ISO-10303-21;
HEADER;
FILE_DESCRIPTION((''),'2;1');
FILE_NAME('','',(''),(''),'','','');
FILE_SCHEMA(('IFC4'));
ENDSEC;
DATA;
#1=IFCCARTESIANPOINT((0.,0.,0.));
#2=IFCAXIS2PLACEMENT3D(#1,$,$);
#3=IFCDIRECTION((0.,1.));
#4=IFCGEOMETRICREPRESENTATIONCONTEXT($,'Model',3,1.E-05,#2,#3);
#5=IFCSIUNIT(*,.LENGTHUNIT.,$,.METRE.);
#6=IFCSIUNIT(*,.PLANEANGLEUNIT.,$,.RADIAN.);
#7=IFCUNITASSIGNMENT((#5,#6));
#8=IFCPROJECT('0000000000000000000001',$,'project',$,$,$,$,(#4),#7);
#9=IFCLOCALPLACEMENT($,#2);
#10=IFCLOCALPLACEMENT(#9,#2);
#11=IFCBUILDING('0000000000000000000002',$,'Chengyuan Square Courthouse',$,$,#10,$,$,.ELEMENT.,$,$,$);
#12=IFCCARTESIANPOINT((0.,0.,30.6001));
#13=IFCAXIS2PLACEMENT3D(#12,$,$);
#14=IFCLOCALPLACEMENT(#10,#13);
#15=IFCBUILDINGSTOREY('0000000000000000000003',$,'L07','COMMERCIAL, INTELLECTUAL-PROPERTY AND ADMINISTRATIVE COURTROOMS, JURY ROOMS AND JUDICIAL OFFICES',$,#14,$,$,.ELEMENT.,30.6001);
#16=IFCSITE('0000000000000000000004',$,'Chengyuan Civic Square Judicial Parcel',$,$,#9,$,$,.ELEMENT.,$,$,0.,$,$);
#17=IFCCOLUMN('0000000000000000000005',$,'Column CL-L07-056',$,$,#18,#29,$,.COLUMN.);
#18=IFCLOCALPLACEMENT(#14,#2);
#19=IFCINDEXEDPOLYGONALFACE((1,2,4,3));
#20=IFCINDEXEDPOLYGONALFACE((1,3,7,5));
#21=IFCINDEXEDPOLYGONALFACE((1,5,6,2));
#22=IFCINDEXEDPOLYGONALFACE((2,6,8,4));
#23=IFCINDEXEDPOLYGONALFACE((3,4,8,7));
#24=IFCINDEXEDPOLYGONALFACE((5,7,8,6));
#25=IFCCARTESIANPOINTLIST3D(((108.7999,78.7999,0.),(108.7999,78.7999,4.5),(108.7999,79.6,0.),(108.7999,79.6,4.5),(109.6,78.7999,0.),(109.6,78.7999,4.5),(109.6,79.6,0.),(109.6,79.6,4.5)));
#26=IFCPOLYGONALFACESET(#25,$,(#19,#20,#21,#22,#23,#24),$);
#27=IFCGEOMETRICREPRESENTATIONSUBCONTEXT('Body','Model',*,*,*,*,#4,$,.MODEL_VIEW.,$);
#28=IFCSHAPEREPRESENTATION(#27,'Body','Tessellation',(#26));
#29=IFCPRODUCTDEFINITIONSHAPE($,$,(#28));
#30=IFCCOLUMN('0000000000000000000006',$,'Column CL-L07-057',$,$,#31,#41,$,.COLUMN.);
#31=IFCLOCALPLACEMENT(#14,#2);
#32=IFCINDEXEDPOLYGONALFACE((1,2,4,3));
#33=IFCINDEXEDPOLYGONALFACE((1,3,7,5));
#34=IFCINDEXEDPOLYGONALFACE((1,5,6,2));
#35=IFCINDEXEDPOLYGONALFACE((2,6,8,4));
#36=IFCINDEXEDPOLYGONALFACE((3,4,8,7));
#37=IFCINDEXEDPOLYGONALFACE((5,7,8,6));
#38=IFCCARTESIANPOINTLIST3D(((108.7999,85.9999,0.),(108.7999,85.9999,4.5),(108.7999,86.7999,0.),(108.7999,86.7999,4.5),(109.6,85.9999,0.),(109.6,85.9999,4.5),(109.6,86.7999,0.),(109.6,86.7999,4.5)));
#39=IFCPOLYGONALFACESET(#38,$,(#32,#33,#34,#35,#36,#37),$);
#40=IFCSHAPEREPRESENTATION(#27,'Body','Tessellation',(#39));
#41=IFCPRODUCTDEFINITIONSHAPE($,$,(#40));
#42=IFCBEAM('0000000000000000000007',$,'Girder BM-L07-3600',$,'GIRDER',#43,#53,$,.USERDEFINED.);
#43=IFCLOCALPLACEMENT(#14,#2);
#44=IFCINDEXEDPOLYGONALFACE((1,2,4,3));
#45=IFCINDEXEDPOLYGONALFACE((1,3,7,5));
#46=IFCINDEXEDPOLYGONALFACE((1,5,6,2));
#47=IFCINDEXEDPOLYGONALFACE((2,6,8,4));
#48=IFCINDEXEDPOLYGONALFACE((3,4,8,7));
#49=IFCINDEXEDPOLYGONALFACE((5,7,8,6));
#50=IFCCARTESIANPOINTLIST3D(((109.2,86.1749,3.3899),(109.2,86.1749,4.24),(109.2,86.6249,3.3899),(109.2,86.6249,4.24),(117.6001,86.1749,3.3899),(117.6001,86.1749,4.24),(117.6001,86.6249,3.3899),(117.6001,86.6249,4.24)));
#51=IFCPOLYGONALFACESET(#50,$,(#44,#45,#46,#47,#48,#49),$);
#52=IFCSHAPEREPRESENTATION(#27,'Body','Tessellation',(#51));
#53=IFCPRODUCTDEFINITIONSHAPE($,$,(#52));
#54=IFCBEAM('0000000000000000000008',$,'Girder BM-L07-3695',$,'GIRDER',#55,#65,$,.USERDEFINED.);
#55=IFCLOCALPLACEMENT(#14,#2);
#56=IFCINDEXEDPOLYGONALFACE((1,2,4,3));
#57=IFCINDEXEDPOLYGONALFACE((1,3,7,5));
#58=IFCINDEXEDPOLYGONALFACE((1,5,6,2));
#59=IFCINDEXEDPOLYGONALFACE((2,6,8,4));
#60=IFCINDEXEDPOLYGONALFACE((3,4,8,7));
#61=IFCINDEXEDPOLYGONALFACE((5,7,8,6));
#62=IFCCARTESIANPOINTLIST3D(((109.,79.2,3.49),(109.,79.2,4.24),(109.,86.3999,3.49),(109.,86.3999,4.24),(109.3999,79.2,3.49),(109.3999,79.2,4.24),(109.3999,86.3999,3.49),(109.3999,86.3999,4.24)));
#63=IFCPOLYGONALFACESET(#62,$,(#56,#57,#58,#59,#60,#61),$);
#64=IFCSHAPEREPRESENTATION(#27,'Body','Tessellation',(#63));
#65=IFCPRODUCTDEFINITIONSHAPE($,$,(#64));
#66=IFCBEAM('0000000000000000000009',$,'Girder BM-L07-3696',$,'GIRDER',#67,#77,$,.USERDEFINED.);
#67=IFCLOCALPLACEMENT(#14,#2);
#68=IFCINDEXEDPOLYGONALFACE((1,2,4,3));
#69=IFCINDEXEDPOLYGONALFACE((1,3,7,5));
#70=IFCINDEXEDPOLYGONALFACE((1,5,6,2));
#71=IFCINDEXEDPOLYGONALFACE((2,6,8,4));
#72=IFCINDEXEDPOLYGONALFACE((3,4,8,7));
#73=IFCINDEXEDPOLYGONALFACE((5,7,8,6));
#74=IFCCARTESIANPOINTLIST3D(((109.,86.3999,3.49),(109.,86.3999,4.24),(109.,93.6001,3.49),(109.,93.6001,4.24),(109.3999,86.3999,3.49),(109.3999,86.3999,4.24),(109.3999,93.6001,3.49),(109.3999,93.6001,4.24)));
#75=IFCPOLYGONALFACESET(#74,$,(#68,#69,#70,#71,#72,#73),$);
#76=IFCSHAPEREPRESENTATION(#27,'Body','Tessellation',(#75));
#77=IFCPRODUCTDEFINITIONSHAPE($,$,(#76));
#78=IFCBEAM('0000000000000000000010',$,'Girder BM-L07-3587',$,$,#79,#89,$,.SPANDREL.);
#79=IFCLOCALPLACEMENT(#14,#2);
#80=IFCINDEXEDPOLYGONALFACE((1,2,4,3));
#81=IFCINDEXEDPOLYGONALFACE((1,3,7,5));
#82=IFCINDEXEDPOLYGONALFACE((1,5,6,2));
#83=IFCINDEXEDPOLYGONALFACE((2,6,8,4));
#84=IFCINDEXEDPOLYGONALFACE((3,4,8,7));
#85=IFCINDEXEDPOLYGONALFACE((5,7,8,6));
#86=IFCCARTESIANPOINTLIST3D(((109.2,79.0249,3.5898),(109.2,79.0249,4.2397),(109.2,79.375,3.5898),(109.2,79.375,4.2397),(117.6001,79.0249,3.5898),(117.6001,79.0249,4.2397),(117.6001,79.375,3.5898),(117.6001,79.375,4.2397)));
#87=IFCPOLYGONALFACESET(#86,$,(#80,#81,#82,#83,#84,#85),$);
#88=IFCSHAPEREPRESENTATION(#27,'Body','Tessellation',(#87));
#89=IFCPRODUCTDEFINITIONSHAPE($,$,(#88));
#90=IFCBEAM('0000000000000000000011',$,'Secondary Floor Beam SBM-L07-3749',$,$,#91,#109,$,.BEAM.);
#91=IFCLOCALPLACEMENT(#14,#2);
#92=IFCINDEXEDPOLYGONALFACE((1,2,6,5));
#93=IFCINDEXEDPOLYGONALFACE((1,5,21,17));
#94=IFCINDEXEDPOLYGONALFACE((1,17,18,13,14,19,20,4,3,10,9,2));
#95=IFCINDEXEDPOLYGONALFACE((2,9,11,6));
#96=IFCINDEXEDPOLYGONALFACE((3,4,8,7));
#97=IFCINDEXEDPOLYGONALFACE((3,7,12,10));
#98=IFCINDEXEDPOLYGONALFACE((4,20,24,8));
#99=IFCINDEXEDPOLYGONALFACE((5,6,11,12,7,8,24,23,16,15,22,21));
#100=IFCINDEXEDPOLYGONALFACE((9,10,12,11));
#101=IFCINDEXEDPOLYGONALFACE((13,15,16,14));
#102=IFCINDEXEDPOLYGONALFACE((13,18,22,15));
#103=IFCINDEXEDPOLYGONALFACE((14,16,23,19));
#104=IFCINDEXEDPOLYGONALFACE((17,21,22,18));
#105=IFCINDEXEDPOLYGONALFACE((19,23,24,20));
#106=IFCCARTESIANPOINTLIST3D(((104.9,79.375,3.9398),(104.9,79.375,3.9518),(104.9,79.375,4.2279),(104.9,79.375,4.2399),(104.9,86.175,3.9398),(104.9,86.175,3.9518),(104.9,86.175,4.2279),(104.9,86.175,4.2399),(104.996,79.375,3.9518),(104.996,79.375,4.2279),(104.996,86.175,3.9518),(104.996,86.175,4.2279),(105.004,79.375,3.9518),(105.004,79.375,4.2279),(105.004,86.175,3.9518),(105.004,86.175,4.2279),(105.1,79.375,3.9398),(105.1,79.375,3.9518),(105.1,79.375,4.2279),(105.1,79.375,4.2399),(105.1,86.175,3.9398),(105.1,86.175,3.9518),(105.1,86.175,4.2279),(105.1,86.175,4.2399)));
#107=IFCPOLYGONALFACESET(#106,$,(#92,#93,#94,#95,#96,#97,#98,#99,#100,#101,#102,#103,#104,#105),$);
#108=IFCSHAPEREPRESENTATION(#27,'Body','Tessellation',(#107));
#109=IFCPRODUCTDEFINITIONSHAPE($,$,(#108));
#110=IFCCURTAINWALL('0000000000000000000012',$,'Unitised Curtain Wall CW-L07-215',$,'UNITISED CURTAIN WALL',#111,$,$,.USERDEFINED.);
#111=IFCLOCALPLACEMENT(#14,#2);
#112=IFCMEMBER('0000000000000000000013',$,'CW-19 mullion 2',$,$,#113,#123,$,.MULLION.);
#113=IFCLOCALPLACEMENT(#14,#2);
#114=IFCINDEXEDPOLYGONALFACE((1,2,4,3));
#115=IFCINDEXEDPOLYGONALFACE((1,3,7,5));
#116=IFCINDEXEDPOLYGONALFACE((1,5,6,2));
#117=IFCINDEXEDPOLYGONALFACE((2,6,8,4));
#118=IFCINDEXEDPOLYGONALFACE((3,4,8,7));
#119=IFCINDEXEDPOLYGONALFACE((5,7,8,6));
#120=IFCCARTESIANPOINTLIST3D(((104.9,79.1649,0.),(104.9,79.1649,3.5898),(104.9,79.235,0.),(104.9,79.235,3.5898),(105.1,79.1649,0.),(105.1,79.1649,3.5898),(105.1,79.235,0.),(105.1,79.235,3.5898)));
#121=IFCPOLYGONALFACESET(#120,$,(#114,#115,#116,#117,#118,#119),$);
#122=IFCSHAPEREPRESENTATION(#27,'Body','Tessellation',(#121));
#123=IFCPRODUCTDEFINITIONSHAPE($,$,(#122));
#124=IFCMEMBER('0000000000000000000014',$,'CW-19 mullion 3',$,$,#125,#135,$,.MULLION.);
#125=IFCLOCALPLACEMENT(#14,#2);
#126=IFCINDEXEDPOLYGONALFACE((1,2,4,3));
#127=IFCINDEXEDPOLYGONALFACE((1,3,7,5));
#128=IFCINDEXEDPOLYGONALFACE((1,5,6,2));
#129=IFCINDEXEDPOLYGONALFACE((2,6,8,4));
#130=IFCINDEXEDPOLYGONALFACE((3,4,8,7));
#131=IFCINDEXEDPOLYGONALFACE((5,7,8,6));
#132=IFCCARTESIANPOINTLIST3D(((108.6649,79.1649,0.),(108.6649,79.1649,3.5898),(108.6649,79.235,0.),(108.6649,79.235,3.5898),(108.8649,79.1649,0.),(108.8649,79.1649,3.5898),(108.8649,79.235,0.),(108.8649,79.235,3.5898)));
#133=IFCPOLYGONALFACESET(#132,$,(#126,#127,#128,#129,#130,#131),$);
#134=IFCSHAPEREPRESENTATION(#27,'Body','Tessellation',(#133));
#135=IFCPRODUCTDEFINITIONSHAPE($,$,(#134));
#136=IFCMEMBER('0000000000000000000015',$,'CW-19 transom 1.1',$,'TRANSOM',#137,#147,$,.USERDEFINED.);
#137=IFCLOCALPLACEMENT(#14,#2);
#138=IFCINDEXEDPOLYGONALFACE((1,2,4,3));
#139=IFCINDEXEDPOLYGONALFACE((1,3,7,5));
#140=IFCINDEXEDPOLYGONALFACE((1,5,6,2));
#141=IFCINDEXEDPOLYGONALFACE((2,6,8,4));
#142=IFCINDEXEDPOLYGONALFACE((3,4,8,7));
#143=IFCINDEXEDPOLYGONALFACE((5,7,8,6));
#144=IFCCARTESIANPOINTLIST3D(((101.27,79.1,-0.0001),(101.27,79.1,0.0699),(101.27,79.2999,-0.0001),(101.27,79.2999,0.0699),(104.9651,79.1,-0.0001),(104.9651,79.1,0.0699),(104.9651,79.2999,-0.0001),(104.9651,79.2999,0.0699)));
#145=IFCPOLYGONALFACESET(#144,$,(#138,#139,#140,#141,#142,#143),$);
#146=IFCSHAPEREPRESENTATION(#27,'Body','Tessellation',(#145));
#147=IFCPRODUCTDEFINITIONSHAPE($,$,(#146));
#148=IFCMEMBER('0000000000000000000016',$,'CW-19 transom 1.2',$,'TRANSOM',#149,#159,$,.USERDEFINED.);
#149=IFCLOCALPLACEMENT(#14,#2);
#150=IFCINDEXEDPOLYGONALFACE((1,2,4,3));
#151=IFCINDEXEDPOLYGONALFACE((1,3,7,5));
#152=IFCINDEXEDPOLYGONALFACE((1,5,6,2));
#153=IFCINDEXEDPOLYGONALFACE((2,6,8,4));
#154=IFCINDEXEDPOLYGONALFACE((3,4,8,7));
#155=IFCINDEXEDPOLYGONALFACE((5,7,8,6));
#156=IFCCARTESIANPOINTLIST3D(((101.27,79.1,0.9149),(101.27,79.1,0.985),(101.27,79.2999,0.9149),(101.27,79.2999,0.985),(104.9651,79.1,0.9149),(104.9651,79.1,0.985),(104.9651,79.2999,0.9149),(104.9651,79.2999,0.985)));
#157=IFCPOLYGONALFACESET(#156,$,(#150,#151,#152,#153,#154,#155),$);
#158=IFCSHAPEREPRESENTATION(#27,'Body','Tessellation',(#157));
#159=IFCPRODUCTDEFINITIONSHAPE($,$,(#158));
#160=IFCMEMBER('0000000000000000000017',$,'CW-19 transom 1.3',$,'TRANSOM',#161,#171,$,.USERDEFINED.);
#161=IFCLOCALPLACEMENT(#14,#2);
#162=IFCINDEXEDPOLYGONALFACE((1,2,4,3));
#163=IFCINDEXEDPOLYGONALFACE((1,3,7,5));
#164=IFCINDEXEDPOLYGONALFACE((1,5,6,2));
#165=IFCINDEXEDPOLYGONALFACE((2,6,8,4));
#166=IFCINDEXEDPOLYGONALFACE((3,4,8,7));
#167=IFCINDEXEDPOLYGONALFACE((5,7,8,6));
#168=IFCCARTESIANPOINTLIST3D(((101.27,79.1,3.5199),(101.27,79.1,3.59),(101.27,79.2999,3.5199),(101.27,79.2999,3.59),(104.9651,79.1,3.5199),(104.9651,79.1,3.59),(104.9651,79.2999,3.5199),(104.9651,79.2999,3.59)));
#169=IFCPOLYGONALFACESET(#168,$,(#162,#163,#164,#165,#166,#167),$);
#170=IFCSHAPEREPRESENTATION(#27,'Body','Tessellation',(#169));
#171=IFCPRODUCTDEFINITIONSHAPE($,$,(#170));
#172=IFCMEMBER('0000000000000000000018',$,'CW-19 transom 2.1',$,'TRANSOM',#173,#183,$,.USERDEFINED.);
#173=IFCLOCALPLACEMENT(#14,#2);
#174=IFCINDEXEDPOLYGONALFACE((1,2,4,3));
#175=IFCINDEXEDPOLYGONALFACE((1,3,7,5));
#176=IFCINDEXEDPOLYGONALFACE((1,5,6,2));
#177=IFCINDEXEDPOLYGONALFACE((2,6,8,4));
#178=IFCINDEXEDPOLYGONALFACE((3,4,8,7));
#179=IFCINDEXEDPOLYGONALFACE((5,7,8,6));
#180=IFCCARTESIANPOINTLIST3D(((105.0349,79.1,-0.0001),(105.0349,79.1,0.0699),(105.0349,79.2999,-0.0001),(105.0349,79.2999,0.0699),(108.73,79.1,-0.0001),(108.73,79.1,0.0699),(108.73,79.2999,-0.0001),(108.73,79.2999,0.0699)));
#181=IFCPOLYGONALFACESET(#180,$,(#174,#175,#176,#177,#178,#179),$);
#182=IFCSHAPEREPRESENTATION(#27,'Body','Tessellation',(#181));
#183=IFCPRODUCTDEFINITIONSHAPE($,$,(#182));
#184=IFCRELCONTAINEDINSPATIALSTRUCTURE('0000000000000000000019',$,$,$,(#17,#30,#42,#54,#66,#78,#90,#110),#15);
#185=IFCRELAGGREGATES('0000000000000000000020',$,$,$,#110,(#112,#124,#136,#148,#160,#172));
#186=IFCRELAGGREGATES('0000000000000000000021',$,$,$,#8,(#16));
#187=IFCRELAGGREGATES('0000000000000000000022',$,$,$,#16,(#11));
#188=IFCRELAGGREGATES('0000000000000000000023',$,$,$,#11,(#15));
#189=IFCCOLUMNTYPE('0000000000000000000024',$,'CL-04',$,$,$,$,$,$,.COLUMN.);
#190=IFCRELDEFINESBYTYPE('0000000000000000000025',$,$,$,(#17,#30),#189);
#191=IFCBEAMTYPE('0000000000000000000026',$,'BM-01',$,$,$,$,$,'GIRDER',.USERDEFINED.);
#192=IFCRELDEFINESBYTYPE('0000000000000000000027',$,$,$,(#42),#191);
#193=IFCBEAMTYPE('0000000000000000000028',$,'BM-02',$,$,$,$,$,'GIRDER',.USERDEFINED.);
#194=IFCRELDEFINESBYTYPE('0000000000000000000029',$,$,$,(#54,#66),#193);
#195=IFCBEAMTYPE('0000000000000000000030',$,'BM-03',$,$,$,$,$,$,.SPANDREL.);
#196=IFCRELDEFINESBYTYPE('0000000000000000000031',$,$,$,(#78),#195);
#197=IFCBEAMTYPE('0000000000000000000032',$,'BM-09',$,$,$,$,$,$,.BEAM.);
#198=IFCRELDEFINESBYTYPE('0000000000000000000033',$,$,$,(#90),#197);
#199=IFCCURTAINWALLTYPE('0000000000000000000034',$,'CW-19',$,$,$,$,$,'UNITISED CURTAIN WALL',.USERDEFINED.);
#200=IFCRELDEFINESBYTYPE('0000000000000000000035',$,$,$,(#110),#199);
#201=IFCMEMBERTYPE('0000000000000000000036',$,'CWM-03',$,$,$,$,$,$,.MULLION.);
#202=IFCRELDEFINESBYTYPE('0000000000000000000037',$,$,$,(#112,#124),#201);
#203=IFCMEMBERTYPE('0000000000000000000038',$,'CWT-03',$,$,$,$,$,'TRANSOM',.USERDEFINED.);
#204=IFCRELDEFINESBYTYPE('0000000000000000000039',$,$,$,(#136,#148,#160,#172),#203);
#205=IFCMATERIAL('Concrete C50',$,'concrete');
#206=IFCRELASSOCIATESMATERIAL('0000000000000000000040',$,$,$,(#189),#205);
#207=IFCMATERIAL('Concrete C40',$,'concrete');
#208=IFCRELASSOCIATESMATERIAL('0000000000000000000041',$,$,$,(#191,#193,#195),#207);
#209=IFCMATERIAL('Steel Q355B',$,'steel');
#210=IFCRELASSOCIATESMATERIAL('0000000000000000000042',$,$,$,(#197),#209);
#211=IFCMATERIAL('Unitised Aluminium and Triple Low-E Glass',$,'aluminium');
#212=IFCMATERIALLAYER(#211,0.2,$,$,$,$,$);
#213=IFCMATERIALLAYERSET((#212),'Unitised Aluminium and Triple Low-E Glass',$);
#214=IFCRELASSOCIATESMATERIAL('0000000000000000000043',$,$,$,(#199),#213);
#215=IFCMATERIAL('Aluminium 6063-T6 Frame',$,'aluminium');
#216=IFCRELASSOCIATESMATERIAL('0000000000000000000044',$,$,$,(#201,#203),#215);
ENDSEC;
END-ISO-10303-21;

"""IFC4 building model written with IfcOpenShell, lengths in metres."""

from ifc_helpers import new_model, si_unit, direction, frame, origin, origin_2d, place, context, subcontext, project, spatial, rectangle, i_section, extrude, material, layer, layer_set, material_profile, profile_set, type_object, element, aggregate, save


model = new_model("IFC4")

# Units and contexts
model_context = context("Model", 3, precision=1e-05, world=origin(), true_north=direction((0.0, 1.0)))
body_context = subcontext(model_context, "Body", "Model", "MODEL_VIEW")
ifc_project = project(units=[si_unit("LENGTHUNIT", "METRE"), si_unit("PLANEANGLEUNIT", "RADIAN")], contexts=[model_context])

# Site, building, storey
site_placement = place(None, origin())
site = spatial("IfcSite", under=ifc_project, at=site_placement, Name="Chengyuan Civic Square Judicial Parcel", CompositionType="ELEMENT", RefElevation=0.0)
building_placement = place(site_placement, origin())
building = spatial("IfcBuilding", under=site, at=building_placement, Name="Chengyuan Square Courthouse", CompositionType="ELEMENT")
storey_placement = place(building_placement, frame((0.0, 0.0, 30.6001)))
storey = spatial("IfcBuildingStorey", under=building, at=storey_placement, Name="L07", Description="COMMERCIAL, INTELLECTUAL-PROPERTY AND ADMINISTRATIVE COURTROOMS, JURY ROOMS AND JUDICIAL OFFICES", CompositionType="ELEMENT", Elevation=30.6001)

# Columns
ifc_material_1 = material(Name="Concrete C50", Category="concrete")
ifc_material_profile_1 = material_profile(ifc_material_1, rectangle(XDim=0.8, YDim=0.8, at=origin_2d()), Name="RC-COL-800x800")
ifc_profile_set_1 = profile_set([ifc_material_profile_1], Name="Concrete C50")
column_type = type_object("IfcColumnType", Name="CL-04", PredefinedType="COLUMN", material=ifc_profile_set_1)
for number, where, z_axis, x_axis, name in (
    (1, (109.2, 79.2, 0.0), (0.0, 0.0, 1.0), (1.0, 0.0, 0.0), "Column CL-L07-056"),
    (2, (109.2, 86.3999, 0.0), (0.0, 0.0, 1.0), (1.0, 0.0, 0.0), "Column CL-L07-057"),
):
    element("IfcColumn", number, at=place(storey_placement, frame(where, z_axis=z_axis, x_axis=x_axis)), inside=storey, type_object=column_type, Name=name, PredefinedType="COLUMN", context=body_context, shape_type="SweptSolid", body=[
        extrude(rectangle(XDim=0.8, YDim=0.8, at=origin_2d()), origin(), (0.0, 0.0, 1.0), 4.5),
    ])

# Beams
ifc_material_2 = material(Name="Concrete C40", Category="concrete")
ifc_material_profile_2 = material_profile(ifc_material_2, rectangle(XDim=0.45, YDim=0.8501, at=origin_2d()), Name="RC-BM-450x850")
ifc_profile_set_2 = profile_set([ifc_material_profile_2], Name="Concrete C40")
beam_type_1 = type_object("IfcBeamType", Name="BM-01", ElementType="GIRDER", PredefinedType="USERDEFINED", material=ifc_profile_set_2)
beam_1_placement = place(storey_placement, frame((109.2, 86.3999, 3.8149), z_axis=(1.0, 0.0, 0.0), x_axis=(0.0, 1.0, 0.0)))
element("IfcBeam", 3, at=beam_1_placement, inside=storey, type_object=beam_type_1, Name="Girder BM-L07-3600", ObjectType="GIRDER", PredefinedType="USERDEFINED", context=body_context, shape_type="SweptSolid", body=[
    extrude(rectangle(XDim=0.45, YDim=0.8501, at=origin_2d()), origin(), (0.0, 0.0, 1.0), 8.4001),
])
ifc_material_profile_3 = material_profile(ifc_material_2, rectangle(XDim=0.3999, YDim=0.75, at=origin_2d()), Name="RC-BM-400x750")
ifc_profile_set_3 = profile_set([ifc_material_profile_3], Name="Concrete C40")
beam_type_2 = type_object("IfcBeamType", Name="BM-02", ElementType="GIRDER", PredefinedType="USERDEFINED", material=ifc_profile_set_3)
beam_2_placement = place(storey_placement, frame((109.2, 79.2, 3.865), z_axis=(0.0, 1.0, 0.0), x_axis=(-1.0, 0.0, 0.0)))
element("IfcBeam", 4, at=beam_2_placement, inside=storey, type_object=beam_type_2, Name="Girder BM-L07-3695", ObjectType="GIRDER", PredefinedType="USERDEFINED", context=body_context, shape_type="SweptSolid", body=[
    extrude(rectangle(XDim=0.3999, YDim=0.75, at=origin_2d()), origin(), (0.0, 0.0, 1.0), 7.2),
])
beam_3_placement = place(storey_placement, frame((109.2, 86.3999, 3.865), z_axis=(0.0, 1.0, 0.0), x_axis=(-1.0, 0.0, 0.0)))
element("IfcBeam", 5, at=beam_3_placement, inside=storey, type_object=beam_type_2, Name="Girder BM-L07-3696", ObjectType="GIRDER", PredefinedType="USERDEFINED", context=body_context, shape_type="SweptSolid", body=[
    extrude(rectangle(XDim=0.3999, YDim=0.75, at=origin_2d()), origin(), (0.0, 0.0, 1.0), 7.2002),
])
ifc_material_profile_4 = material_profile(ifc_material_2, rectangle(XDim=0.3501, YDim=0.6499, at=origin_2d()), Name="RC-BM-350x650")
ifc_profile_set_4 = profile_set([ifc_material_profile_4], Name="Concrete C40")
beam_type_3 = type_object("IfcBeamType", Name="BM-03", PredefinedType="SPANDREL", material=ifc_profile_set_4)
beam_4_placement = place(storey_placement, frame((109.2, 79.2, 3.9148), z_axis=(1.0, 0.0, 0.0), x_axis=(0.0, 1.0, 0.0)))
element("IfcBeam", 6, at=beam_4_placement, inside=storey, type_object=beam_type_3, Name="Girder BM-L07-3587", PredefinedType="SPANDREL", context=body_context, shape_type="SweptSolid", body=[
    extrude(rectangle(XDim=0.3501, YDim=0.6499, at=origin_2d()), origin(), (0.0, 0.0, 1.0), 8.4001),
])
ifc_material_3 = material(Name="Steel Q355B", Category="steel")
ifc_material_profile_5 = material_profile(ifc_material_3, i_section(OverallWidth=0.2, OverallDepth=0.3, WebThickness=0.0081, FlangeThickness=0.012, at=origin_2d()), Name="HM 300x200x8x12")
ifc_profile_set_5 = profile_set([ifc_material_profile_5], Name="Steel Q355B")
beam_type_4 = type_object("IfcBeamType", Name="BM-09", PredefinedType="BEAM", material=ifc_profile_set_5)
beam_5_placement = place(storey_placement, frame((105.0, 79.375, 4.0898), z_axis=(0.0, 1.0, 0.0), x_axis=(-1.0, 0.0, 0.0)))
element("IfcBeam", 7, at=beam_5_placement, inside=storey, type_object=beam_type_4, Name="Secondary Floor Beam SBM-L07-3749", PredefinedType="BEAM", context=body_context, shape_type="SweptSolid", body=[
    extrude(i_section(OverallWidth=0.2, OverallDepth=0.3, WebThickness=0.0081, FlangeThickness=0.012, at=origin_2d()), origin(), (0.0, 0.0, 1.0), 6.8),
])

# Curtain wall, members
ifc_material_4 = material(Name="Unitised Aluminium and Triple Low-E Glass", Category="aluminium")
ifc_layer_1 = layer(ifc_material_4, 0.2)
ifc_layer_set_1 = layer_set([ifc_layer_1], Name="Unitised Aluminium and Triple Low-E Glass")
curtain_wall_type = type_object("IfcCurtainWallType", Name="CW-19", ElementType="UNITISED CURTAIN WALL", PredefinedType="USERDEFINED", material=ifc_layer_set_1)
curtain_wall_placement = place(storey_placement, origin())
curtain_wall = element("IfcCurtainWall", 8, at=curtain_wall_placement, inside=storey, type_object=curtain_wall_type, Name="Unitised Curtain Wall CW-L07-215", ObjectType="UNITISED CURTAIN WALL", PredefinedType="USERDEFINED")
ifc_material_5 = material(Name="Aluminium 6063-T6 Frame", Category="aluminium")
ifc_material_profile_6 = material_profile(ifc_material_5, rectangle(XDim=0.0701, YDim=0.2, at=origin_2d()), Name="CW-MUL-70x200")
ifc_profile_set_6 = profile_set([ifc_material_profile_6], Name="Aluminium 6063-T6 Frame")
member_type_1 = type_object("IfcMemberType", Name="CWM-03", PredefinedType="MULLION", material=ifc_profile_set_6)
member_1_placement = place(storey_placement, frame((105.0, 79.2, 0.0), z_axis=(0.0, 0.0, 1.0), x_axis=(0.0, 1.0, 0.0)))
member_1 = element("IfcMember", 9, at=member_1_placement, type_object=member_type_1, Name="CW-19 mullion 2", PredefinedType="MULLION", context=body_context, shape_type="SweptSolid", body=[
    extrude(rectangle(XDim=0.0701, YDim=0.2, at=origin_2d()), origin(), (0.0, 0.0, 1.0), 3.5898),
])
member_2_placement = place(storey_placement, frame((108.7649, 79.2, 0.0), z_axis=(0.0, 0.0, 1.0), x_axis=(0.0, 1.0, 0.0)))
member_2 = element("IfcMember", 10, at=member_2_placement, type_object=member_type_1, Name="CW-19 mullion 3", PredefinedType="MULLION", context=body_context, shape_type="SweptSolid", body=[
    extrude(rectangle(XDim=0.0701, YDim=0.2, at=origin_2d()), origin(), (0.0, 0.0, 1.0), 3.5898),
])
ifc_material_profile_7 = material_profile(ifc_material_5, rectangle(XDim=0.2, YDim=0.0701, at=origin_2d()), Name="CW-TRN-70x160")
ifc_profile_set_7 = profile_set([ifc_material_profile_7], Name="Aluminium 6063-T6 Frame")
member_type_2 = type_object("IfcMemberType", Name="CWT-03", ElementType="TRANSOM", PredefinedType="USERDEFINED", material=ifc_profile_set_7)
member_3_placement = place(storey_placement, frame((101.27, 79.2, 0.0349), z_axis=(1.0, 0.0, 0.0), x_axis=(0.0, 1.0, 0.0)))
member_3 = element("IfcMember", 11, at=member_3_placement, type_object=member_type_2, Name="CW-19 transom 1.1", ObjectType="TRANSOM", PredefinedType="USERDEFINED", context=body_context, shape_type="SweptSolid", body=[
    extrude(rectangle(XDim=0.2, YDim=0.0701, at=origin_2d()), origin(), (0.0, 0.0, 1.0), 3.6951),
])
member_4_placement = place(storey_placement, frame((101.27, 79.2, 0.95), z_axis=(1.0, 0.0, 0.0), x_axis=(0.0, 1.0, 0.0)))
member_4 = element("IfcMember", 12, at=member_4_placement, type_object=member_type_2, Name="CW-19 transom 1.2", ObjectType="TRANSOM", PredefinedType="USERDEFINED", context=body_context, shape_type="SweptSolid", body=[
    extrude(rectangle(XDim=0.2, YDim=0.0701, at=origin_2d()), origin(), (0.0, 0.0, 1.0), 3.6951),
])
member_5_placement = place(storey_placement, frame((101.27, 79.2, 3.5549), z_axis=(1.0, 0.0, 0.0), x_axis=(0.0, 1.0, 0.0)))
member_5 = element("IfcMember", 13, at=member_5_placement, type_object=member_type_2, Name="CW-19 transom 1.3", ObjectType="TRANSOM", PredefinedType="USERDEFINED", context=body_context, shape_type="SweptSolid", body=[
    extrude(rectangle(XDim=0.2, YDim=0.0701, at=origin_2d()), origin(), (0.0, 0.0, 1.0), 3.6951),
])
member_6_placement = place(storey_placement, frame((105.0349, 79.2, 0.0349), z_axis=(1.0, 0.0, 0.0), x_axis=(0.0, 1.0, 0.0)))
member_6 = element("IfcMember", 14, at=member_6_placement, type_object=member_type_2, Name="CW-19 transom 2.1", ObjectType="TRANSOM", PredefinedType="USERDEFINED", context=body_context, shape_type="SweptSolid", body=[
    extrude(rectangle(XDim=0.2, YDim=0.0701, at=origin_2d()), origin(), (0.0, 0.0, 1.0), 3.6951),
])
aggregate(curtain_wall, [member_1, member_2, member_3, member_4, member_5, member_6])

save(model, "model.ifc")
